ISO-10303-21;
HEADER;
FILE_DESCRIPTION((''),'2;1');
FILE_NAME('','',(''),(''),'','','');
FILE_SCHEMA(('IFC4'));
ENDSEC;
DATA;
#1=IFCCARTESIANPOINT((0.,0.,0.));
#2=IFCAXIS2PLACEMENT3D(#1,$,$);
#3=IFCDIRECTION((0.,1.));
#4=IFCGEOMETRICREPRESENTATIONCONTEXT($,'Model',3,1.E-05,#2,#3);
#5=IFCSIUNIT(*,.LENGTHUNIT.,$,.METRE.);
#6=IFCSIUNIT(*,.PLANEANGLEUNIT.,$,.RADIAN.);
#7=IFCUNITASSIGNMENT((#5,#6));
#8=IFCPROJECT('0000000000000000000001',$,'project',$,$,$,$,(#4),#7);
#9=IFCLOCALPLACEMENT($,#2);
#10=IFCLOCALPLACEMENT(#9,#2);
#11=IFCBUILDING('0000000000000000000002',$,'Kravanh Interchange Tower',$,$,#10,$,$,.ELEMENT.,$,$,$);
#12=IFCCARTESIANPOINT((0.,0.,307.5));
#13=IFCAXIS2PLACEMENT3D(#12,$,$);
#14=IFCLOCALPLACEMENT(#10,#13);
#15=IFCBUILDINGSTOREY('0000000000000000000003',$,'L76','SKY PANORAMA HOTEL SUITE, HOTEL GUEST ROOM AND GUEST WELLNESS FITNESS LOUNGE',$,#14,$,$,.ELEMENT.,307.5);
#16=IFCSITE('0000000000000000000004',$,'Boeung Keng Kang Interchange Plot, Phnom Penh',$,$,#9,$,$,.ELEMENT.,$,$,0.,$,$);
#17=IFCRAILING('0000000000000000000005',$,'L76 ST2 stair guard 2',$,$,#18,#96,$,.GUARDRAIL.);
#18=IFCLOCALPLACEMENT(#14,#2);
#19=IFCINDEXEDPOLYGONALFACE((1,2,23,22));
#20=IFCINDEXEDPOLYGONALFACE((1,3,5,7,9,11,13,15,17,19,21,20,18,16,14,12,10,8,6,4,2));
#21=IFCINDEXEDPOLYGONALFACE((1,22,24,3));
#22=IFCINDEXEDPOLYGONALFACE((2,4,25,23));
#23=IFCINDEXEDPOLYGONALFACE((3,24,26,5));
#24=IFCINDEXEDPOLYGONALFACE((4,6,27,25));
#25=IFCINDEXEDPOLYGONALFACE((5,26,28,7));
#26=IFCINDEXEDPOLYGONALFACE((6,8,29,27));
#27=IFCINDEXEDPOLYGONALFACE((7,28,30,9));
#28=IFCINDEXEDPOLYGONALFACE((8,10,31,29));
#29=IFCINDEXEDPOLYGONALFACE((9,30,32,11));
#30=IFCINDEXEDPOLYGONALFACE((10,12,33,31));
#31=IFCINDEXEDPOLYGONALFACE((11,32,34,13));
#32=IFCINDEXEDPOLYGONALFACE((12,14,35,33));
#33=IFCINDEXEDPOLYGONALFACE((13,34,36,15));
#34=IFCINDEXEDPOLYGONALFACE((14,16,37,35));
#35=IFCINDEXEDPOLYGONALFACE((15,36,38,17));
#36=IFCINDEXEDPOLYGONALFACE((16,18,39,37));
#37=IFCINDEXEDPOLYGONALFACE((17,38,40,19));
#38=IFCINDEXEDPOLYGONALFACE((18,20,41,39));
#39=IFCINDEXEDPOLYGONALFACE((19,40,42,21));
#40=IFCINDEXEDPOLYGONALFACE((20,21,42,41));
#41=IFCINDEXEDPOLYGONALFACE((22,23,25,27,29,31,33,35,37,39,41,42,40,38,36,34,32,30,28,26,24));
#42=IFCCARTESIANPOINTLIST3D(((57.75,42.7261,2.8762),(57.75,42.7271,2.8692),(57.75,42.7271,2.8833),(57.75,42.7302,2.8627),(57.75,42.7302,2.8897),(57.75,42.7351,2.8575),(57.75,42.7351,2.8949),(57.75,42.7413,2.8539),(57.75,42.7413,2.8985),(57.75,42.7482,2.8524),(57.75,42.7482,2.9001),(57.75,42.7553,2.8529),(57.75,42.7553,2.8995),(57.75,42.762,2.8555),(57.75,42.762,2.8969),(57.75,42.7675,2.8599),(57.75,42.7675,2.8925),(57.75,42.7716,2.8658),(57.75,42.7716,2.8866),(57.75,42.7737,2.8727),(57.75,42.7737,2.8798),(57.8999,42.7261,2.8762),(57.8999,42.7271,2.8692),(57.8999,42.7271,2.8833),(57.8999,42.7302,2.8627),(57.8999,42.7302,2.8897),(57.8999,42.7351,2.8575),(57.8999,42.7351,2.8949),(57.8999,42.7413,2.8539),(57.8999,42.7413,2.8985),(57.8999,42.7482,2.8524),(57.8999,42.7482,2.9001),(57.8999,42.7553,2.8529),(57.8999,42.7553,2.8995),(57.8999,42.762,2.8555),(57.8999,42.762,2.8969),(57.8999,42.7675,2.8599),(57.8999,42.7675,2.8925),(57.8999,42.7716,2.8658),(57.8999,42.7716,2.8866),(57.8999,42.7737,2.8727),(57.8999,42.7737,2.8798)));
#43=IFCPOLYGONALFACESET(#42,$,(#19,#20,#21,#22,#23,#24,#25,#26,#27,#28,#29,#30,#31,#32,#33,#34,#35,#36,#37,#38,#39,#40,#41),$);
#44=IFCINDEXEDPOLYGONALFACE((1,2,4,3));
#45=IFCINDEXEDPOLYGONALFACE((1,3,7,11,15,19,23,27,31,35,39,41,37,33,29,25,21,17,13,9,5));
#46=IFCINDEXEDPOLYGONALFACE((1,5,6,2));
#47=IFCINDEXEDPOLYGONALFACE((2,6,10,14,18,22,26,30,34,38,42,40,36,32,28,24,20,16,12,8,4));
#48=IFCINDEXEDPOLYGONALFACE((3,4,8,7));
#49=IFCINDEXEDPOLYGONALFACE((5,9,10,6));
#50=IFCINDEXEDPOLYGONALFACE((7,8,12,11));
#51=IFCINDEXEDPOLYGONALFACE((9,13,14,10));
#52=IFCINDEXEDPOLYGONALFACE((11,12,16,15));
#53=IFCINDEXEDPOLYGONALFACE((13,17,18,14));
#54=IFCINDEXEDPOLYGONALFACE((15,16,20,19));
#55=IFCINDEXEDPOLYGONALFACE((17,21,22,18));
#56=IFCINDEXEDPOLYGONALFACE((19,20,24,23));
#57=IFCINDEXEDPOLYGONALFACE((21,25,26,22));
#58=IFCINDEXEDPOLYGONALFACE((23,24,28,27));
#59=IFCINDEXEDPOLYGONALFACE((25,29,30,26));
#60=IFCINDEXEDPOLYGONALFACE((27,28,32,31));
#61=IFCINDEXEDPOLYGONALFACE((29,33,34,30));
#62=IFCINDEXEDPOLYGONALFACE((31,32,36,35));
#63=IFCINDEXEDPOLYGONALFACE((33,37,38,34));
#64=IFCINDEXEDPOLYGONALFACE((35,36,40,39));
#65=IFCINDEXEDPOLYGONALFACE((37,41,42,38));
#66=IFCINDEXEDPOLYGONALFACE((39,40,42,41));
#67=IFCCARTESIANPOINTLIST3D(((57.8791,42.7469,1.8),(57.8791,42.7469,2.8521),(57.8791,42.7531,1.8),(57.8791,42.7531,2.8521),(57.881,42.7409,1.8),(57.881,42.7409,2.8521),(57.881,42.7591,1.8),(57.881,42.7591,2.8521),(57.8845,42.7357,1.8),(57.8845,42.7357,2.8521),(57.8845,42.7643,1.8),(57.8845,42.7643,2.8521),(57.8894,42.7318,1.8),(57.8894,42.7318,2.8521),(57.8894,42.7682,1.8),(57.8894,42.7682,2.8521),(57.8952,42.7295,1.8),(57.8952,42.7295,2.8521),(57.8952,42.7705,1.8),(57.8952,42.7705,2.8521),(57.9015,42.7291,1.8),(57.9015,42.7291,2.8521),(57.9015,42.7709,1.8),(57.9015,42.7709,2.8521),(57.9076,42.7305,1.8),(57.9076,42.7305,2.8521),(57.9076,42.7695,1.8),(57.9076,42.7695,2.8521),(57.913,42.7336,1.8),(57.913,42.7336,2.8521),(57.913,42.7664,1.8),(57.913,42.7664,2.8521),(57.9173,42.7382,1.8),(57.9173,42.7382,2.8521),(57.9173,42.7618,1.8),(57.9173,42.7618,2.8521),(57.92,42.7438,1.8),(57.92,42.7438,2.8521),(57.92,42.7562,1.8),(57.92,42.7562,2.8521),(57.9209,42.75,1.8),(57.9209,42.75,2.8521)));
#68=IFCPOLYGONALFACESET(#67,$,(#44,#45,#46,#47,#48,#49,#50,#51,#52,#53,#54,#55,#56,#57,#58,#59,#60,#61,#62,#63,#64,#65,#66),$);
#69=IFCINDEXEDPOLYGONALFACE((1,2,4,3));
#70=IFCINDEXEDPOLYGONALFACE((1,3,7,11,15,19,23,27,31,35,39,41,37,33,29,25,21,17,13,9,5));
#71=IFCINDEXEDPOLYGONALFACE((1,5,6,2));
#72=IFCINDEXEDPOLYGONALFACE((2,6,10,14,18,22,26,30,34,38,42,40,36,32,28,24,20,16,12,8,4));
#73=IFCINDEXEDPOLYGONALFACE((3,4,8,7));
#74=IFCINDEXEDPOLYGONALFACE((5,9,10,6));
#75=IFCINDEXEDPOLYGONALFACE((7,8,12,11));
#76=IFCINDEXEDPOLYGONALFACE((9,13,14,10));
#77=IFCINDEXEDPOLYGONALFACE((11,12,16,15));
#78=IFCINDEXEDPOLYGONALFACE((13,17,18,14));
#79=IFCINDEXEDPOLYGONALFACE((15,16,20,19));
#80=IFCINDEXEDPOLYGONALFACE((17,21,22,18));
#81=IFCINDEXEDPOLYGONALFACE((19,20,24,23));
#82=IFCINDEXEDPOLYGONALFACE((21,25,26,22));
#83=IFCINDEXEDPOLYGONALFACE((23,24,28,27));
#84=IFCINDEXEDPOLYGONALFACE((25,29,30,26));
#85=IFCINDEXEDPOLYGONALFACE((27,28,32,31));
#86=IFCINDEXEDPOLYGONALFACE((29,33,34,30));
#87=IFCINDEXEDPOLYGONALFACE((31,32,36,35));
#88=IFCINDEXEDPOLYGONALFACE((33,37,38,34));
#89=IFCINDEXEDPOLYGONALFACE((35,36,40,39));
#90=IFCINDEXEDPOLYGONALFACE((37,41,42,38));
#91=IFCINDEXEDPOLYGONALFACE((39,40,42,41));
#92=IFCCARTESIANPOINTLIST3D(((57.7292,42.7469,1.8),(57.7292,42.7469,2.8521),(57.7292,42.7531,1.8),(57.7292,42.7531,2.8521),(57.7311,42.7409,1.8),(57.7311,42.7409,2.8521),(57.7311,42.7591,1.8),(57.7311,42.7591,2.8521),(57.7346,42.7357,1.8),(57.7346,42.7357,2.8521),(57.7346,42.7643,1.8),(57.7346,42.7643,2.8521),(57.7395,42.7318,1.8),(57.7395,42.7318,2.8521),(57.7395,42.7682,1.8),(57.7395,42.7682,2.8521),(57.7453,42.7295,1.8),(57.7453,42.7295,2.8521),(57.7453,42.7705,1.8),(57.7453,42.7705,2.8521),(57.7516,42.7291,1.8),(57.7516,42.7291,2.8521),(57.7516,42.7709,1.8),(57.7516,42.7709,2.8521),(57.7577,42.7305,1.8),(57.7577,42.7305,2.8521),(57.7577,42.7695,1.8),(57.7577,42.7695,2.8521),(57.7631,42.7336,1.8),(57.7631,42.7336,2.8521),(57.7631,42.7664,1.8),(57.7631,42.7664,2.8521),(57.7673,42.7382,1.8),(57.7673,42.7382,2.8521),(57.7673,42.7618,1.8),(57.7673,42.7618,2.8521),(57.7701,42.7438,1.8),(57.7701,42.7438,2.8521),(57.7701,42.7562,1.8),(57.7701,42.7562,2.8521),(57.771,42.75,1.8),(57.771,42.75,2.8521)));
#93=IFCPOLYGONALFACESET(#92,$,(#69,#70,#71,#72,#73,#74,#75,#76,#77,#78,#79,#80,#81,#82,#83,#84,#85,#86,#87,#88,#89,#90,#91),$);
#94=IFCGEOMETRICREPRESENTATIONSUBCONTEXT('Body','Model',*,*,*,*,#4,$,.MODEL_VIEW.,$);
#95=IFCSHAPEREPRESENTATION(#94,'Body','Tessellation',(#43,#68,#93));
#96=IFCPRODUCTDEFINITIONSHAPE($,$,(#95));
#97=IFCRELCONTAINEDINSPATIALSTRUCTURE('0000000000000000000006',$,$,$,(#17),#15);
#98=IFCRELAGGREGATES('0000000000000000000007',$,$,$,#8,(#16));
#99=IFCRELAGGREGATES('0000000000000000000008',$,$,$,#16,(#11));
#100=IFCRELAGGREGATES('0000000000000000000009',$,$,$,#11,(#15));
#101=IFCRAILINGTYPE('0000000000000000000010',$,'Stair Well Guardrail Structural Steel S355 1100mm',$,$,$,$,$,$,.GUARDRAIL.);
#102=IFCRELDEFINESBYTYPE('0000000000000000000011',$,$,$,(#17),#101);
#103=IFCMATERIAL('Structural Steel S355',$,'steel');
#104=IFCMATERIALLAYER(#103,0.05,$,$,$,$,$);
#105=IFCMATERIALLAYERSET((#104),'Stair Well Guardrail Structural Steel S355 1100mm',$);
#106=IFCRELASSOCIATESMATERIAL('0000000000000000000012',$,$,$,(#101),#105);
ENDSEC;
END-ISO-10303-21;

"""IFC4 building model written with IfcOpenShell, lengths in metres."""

from ifc_helpers import new_model, si_unit, direction, frame, origin, origin_2d, place, context, subcontext, project, spatial, circle, extrude, material, layer, layer_set, type_object, element, save


model = new_model("IFC4")

# Units and contexts
model_context = context("Model", 3, precision=1e-05, world=origin(), true_north=direction((0.0, 1.0)))
body_context = subcontext(model_context, "Body", "Model", "MODEL_VIEW")
ifc_project = project(units=[si_unit("LENGTHUNIT", "METRE"), si_unit("PLANEANGLEUNIT", "RADIAN")], contexts=[model_context])

# Site, building, storey
site_placement = place(None, origin())
site = spatial("IfcSite", under=ifc_project, at=site_placement, Name="Boeung Keng Kang Interchange Plot, Phnom Penh", CompositionType="ELEMENT", RefElevation=0.0)
building_placement = place(site_placement, origin())
building = spatial("IfcBuilding", under=site, at=building_placement, Name="Kravanh Interchange Tower", CompositionType="ELEMENT")
storey_placement = place(building_placement, frame((0.0, 0.0, 307.5)))
storey = spatial("IfcBuildingStorey", under=building, at=storey_placement, Name="L76", Description="SKY PANORAMA HOTEL SUITE, HOTEL GUEST ROOM AND GUEST WELLNESS FITNESS LOUNGE", CompositionType="ELEMENT", Elevation=307.5)

# Railing
ifc_material_1 = material(Name="Structural Steel S355", Category="steel")
ifc_layer_1 = layer(ifc_material_1, 0.05)
ifc_layer_set_1 = layer_set([ifc_layer_1], Name="Stair Well Guardrail Structural Steel S355 1100mm")
railing_type_1 = type_object("IfcRailingType", Name="Stair Well Guardrail Structural Steel S355 1100mm", PredefinedType="GUARDRAIL", material=ifc_layer_set_1)
railing_1_placement = place(storey_placement, frame((57.8999, 42.75, 1.8)))
element("IfcRailing", 1, at=railing_1_placement, inside=storey, type_object=railing_type_1, Name="L76 ST2 stair guard 2", PredefinedType="GUARDRAIL", context=body_context, shape_type="SweptSolid", body=[
    extrude(circle(Radius=0.0239, at=origin_2d()), frame((0.0, 0.0, 1.0762), z_axis=(-1.0, 0.0, 0.0), x_axis=(0.0, -1.0, 0.0)), (0.0, 0.0, 1.0), 0.1499),
    extrude(circle(Radius=0.021, at=origin_2d()), origin(), (0.0, 0.0, 1.0), 1.052),
    extrude(circle(Radius=0.021, at=origin_2d()), frame((-0.1499, 0.0, 0.0)), (0.0, 0.0, 1.0), 1.052),
])

save(model, "model.ifc")
